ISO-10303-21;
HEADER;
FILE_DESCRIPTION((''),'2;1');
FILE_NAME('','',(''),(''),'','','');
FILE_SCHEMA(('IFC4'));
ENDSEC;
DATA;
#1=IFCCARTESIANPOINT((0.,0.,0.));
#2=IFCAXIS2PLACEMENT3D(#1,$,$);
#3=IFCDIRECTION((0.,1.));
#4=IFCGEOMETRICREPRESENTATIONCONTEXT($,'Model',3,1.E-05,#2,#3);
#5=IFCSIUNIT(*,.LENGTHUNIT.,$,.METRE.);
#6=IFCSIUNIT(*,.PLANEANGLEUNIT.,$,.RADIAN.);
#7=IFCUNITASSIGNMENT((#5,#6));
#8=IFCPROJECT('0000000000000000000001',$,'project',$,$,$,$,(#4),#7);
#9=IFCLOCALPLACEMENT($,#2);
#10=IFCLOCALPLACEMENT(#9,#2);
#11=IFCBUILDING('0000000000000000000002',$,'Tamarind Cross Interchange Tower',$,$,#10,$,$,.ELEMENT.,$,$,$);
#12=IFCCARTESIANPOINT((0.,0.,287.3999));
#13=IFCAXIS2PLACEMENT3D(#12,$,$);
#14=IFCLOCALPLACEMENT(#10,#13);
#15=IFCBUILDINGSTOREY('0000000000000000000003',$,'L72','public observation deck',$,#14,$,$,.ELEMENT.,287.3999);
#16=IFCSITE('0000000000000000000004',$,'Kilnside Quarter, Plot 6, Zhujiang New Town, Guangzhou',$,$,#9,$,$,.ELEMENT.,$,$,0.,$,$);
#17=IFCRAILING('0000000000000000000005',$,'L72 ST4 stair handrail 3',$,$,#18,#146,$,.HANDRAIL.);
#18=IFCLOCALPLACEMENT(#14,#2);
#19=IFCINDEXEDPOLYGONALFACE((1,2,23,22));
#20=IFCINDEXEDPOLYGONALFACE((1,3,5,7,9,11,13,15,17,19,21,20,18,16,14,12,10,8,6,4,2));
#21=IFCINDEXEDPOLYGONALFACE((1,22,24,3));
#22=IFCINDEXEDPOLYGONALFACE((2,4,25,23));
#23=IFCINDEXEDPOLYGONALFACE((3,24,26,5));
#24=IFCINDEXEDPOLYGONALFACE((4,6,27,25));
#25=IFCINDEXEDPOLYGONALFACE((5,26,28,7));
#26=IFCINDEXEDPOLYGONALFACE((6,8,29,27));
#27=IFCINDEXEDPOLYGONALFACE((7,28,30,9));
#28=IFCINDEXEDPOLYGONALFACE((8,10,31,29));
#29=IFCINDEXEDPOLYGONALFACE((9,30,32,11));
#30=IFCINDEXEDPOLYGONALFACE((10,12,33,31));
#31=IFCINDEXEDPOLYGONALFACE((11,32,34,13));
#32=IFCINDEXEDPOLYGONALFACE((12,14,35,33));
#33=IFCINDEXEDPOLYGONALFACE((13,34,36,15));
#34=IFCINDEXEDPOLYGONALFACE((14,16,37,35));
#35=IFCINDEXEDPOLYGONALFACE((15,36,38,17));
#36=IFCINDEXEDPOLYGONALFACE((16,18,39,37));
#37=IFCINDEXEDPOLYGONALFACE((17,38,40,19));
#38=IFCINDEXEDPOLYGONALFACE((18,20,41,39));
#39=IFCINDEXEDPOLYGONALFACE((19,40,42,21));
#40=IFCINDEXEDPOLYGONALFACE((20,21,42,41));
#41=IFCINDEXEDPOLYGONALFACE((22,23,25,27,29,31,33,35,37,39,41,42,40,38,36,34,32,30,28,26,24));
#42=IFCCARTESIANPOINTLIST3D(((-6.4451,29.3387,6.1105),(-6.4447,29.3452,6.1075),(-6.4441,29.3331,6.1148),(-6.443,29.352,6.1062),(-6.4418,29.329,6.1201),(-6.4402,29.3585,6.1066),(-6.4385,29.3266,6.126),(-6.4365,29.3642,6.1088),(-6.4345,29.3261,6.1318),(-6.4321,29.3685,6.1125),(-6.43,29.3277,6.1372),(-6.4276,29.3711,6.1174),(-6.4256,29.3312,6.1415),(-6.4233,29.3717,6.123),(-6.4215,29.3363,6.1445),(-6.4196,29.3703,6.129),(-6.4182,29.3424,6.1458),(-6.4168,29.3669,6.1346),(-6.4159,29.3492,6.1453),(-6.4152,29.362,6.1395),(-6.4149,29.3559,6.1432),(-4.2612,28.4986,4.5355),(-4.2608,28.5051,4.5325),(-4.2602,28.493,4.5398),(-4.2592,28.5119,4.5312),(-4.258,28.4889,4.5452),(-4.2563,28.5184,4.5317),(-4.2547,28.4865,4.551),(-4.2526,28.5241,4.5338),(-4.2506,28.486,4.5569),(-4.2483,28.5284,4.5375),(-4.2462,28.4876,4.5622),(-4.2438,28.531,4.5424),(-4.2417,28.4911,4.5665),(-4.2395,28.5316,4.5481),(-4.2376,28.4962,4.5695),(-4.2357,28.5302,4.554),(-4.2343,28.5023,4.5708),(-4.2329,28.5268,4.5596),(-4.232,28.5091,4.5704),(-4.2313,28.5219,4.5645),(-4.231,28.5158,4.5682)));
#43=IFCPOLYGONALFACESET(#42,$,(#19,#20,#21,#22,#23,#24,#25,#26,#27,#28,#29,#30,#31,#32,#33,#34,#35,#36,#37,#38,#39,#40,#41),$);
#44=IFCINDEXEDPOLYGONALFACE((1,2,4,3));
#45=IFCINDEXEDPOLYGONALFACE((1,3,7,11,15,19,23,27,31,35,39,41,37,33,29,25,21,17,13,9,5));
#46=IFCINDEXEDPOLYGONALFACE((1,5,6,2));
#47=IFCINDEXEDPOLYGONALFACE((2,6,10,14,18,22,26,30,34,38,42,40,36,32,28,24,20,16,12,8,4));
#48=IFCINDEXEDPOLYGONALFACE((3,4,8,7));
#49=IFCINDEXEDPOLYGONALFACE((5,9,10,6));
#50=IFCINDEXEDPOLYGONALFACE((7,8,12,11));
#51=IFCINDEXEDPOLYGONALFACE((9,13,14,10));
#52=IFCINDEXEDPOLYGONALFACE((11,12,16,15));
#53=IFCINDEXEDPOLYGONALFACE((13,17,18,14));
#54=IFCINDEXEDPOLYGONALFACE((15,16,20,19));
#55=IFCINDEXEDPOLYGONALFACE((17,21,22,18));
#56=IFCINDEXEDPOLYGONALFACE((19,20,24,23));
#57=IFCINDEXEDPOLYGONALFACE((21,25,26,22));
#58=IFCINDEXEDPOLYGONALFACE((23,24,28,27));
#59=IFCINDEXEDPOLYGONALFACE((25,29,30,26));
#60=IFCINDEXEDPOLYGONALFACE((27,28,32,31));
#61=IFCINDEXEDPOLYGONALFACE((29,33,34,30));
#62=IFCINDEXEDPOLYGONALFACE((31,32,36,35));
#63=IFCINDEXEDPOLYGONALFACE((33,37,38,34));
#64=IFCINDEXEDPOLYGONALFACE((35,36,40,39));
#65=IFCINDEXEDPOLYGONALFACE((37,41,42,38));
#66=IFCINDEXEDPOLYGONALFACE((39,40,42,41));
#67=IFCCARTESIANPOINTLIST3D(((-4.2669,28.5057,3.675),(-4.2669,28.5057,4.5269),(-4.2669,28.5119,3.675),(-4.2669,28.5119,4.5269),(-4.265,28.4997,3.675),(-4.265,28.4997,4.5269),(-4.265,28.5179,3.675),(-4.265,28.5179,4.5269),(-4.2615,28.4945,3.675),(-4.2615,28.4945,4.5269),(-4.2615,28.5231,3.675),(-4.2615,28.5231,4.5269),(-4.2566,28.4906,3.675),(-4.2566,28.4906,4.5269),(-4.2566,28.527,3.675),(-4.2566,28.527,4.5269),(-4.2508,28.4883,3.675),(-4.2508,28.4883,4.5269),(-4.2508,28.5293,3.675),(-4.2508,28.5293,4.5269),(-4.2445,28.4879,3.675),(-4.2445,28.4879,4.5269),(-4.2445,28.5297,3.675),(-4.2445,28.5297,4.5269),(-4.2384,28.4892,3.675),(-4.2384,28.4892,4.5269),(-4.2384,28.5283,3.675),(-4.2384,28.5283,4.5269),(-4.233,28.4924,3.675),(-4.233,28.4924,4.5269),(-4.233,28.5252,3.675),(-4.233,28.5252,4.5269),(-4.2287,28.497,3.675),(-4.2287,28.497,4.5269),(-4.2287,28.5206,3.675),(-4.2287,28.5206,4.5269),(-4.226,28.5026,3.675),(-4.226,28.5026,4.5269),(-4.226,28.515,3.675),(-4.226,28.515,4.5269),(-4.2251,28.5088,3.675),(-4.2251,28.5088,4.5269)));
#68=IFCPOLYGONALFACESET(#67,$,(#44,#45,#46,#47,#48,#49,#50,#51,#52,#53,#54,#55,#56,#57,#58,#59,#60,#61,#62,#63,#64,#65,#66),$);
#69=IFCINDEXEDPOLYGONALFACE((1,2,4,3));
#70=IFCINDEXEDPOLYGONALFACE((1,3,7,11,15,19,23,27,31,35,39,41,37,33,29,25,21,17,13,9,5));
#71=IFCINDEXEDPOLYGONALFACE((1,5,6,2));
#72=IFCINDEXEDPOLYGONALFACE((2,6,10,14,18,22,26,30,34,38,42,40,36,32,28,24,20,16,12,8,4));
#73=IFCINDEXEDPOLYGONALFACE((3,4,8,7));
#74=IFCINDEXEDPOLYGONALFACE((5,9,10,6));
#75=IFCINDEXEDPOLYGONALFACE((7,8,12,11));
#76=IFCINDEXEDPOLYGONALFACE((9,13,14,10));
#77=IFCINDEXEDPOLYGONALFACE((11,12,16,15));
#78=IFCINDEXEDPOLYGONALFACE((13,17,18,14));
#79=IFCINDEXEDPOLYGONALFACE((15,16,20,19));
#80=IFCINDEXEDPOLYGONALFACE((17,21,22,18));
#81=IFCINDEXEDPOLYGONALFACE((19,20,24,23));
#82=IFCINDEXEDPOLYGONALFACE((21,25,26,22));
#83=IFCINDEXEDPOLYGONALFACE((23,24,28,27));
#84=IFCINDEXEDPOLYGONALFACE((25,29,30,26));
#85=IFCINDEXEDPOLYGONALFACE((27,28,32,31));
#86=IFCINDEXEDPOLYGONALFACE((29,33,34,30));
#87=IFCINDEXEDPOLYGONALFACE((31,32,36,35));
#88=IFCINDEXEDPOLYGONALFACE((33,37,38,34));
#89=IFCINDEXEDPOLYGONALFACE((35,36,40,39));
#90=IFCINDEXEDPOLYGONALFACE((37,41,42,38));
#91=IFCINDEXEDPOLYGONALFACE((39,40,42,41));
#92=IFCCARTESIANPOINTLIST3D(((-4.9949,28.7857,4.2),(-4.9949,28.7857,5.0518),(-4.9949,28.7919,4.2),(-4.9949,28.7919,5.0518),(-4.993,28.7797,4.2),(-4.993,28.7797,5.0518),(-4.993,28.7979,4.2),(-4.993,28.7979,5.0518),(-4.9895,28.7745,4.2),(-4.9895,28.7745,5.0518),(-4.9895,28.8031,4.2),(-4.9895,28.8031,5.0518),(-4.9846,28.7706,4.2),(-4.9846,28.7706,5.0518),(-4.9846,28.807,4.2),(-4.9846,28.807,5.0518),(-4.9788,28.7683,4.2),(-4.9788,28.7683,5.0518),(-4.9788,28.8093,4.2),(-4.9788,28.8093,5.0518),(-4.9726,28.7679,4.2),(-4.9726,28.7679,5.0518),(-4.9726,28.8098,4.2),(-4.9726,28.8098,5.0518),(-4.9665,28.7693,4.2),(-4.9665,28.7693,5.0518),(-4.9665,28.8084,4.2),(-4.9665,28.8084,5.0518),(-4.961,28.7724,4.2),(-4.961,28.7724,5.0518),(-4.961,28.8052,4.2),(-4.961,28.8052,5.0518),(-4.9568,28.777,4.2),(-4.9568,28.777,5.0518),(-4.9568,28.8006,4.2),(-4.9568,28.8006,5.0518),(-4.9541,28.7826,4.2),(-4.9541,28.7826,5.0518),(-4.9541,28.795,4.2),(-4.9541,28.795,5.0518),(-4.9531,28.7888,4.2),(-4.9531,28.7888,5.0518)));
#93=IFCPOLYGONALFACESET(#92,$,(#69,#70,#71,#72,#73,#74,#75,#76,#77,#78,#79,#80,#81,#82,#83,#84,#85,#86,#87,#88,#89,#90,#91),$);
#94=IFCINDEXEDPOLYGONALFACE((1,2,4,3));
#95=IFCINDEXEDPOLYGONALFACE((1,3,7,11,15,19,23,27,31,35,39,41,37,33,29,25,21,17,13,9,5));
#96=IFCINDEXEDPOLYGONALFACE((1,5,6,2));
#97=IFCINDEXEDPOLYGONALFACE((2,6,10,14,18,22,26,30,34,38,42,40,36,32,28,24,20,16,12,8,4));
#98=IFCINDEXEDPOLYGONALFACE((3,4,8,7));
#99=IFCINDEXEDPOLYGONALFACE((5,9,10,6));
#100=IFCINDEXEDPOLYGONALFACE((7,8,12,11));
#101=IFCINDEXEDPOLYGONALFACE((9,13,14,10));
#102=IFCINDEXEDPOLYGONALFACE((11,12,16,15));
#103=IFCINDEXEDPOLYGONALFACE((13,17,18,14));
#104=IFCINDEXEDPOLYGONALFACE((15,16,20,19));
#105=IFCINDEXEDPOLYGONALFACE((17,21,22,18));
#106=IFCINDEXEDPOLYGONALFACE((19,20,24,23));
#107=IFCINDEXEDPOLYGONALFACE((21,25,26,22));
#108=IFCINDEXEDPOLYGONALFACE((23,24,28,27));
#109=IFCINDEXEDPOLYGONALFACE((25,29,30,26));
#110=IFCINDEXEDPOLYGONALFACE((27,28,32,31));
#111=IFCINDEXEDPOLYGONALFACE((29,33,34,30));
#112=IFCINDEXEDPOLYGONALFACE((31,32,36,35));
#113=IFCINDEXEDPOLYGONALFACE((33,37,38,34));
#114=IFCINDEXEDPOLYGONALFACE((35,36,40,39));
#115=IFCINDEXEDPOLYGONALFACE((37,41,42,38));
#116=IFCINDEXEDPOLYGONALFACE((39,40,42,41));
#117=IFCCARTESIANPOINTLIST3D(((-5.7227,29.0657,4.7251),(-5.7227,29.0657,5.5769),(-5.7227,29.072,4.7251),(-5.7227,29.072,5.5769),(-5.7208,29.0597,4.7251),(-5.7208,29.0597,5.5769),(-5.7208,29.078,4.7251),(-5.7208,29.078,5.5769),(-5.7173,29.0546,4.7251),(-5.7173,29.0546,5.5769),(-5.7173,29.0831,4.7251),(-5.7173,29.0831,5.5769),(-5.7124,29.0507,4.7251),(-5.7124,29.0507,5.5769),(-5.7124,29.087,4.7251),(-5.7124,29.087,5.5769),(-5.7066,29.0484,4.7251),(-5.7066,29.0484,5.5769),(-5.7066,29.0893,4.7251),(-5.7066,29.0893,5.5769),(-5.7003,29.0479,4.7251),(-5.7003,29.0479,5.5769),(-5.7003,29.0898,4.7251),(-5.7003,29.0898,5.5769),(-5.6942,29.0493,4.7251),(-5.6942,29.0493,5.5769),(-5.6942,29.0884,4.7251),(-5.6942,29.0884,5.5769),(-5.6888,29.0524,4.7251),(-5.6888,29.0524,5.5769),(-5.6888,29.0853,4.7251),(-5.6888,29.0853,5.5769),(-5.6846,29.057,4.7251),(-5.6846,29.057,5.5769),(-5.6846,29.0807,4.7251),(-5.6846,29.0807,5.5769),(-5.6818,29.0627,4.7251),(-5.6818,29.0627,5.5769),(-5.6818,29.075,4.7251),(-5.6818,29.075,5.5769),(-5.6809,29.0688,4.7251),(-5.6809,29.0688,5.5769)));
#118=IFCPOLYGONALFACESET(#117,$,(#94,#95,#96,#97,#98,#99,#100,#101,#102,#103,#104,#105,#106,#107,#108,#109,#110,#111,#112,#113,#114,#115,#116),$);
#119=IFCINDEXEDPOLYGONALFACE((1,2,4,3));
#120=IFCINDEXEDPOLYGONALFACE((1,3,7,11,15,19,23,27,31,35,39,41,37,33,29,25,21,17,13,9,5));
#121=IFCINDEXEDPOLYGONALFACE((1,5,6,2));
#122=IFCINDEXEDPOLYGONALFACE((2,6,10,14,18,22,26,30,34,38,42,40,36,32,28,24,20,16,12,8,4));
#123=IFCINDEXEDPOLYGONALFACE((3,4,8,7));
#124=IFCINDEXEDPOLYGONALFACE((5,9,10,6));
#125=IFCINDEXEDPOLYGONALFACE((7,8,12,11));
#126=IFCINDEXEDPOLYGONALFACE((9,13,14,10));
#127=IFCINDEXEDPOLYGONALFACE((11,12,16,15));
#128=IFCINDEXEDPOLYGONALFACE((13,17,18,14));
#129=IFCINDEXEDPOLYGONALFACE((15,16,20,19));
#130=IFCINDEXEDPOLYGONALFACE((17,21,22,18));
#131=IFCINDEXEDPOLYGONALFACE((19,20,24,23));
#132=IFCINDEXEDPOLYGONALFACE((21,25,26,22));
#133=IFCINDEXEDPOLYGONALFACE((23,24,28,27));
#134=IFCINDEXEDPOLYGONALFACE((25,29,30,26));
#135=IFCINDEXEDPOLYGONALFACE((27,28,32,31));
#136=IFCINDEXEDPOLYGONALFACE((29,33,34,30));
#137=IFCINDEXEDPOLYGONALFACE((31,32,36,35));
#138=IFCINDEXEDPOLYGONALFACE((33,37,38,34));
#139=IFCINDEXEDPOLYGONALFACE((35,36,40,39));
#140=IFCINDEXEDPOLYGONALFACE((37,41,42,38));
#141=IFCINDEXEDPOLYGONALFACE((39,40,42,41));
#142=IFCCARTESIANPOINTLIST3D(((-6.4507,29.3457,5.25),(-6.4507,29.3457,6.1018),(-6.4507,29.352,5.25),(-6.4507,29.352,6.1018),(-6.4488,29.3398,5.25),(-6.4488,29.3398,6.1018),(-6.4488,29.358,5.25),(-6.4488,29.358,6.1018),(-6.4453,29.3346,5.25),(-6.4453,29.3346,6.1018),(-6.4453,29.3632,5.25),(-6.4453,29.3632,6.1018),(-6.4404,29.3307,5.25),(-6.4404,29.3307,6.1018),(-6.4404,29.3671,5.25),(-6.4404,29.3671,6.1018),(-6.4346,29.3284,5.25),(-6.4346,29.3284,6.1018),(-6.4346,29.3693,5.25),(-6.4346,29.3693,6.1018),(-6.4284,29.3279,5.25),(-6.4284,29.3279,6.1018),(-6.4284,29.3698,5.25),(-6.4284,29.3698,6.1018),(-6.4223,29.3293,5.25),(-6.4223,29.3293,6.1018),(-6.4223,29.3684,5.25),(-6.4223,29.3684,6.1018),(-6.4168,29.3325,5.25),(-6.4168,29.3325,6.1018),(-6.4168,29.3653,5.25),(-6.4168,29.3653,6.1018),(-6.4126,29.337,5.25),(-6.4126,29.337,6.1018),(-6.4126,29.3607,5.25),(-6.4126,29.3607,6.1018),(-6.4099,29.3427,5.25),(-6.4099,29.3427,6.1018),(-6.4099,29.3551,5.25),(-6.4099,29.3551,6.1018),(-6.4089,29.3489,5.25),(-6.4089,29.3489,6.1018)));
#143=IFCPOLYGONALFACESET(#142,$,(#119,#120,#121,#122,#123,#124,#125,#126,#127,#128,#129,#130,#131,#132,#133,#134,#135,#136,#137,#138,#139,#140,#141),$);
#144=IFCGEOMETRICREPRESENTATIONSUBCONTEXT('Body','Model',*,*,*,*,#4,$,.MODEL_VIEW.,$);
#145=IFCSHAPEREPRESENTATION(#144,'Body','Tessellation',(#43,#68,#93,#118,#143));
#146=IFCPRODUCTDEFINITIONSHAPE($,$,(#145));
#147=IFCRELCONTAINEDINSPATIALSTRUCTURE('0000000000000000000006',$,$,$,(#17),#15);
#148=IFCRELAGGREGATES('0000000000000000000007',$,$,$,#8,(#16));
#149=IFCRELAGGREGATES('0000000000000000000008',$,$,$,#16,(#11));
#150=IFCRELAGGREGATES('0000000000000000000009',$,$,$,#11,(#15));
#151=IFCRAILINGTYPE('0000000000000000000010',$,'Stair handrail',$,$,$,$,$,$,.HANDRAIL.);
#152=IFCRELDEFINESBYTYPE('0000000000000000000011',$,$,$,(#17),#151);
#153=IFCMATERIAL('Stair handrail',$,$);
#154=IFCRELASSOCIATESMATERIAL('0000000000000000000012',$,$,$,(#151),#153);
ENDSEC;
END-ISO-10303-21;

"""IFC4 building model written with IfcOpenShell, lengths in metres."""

from ifc_helpers import new_model, si_unit, direction, frame, origin, origin_2d, place, context, subcontext, project, spatial, circle, extrude, material, type_object, element, save


model = new_model("IFC4")

# Units and contexts
model_context = context("Model", 3, precision=1e-05, world=origin(), true_north=direction((0.0, 1.0)))
body_context = subcontext(model_context, "Body", "Model", "MODEL_VIEW")
ifc_project = project(units=[si_unit("LENGTHUNIT", "METRE"), si_unit("PLANEANGLEUNIT", "RADIAN")], contexts=[model_context])

# Site, building, storey
site_placement = place(None, origin())
site = spatial("IfcSite", under=ifc_project, at=site_placement, Name="Kilnside Quarter, Plot 6, Zhujiang New Town, Guangzhou", CompositionType="ELEMENT", RefElevation=0.0)
building_placement = place(site_placement, origin())
building = spatial("IfcBuilding", under=site, at=building_placement, Name="Tamarind Cross Interchange Tower", CompositionType="ELEMENT")
storey_placement = place(building_placement, frame((0.0, 0.0, 287.3999)))
storey = spatial("IfcBuildingStorey", under=building, at=storey_placement, Name="L72", Description="public observation deck", CompositionType="ELEMENT", Elevation=287.3999)

# Railing
ifc_material_1 = material(Name="Stair handrail")
railing_type_1 = type_object("IfcRailingType", Name="Stair handrail", PredefinedType="HANDRAIL", material=ifc_material_1)
for number, where, name in (
    (1, (-4.2461, 28.5088, 3.675), "L72 ST4 stair handrail 3"),
):
    element("IfcRailing", number, at=place(storey_placement, frame(where)), inside=storey, type_object=railing_type_1, Name=name, PredefinedType="HANDRAIL", context=body_context, shape_type="SweptSolid", body=[
        extrude(circle(Radius=0.0239, at=origin_2d()), frame((0.0, 0.0, 0.876), z_axis=(-0.774266, 0.297848, 0.558389), x_axis=(-0.359035, -0.933324, 0.0)), (0.0, 0.0, 1.0), 2.8206),
        extrude(circle(Radius=0.021, at=origin_2d()), origin(), (0.0, 0.0, 1.0), 0.8518),
        extrude(circle(Radius=0.021, at=origin_2d()), frame((-0.728, 0.28, 0.5249)), (0.0, 0.0, 1.0), 0.8518),
        extrude(circle(Radius=0.021, at=origin_2d()), frame((-1.4558, 0.5601, 1.05)), (0.0, 0.0, 1.0), 0.8518),
        extrude(circle(Radius=0.021, at=origin_2d()), frame((-2.1838, 0.8401, 1.575)), (0.0, 0.0, 1.0), 0.8518),
    ])

save(model, "model.ifc")
